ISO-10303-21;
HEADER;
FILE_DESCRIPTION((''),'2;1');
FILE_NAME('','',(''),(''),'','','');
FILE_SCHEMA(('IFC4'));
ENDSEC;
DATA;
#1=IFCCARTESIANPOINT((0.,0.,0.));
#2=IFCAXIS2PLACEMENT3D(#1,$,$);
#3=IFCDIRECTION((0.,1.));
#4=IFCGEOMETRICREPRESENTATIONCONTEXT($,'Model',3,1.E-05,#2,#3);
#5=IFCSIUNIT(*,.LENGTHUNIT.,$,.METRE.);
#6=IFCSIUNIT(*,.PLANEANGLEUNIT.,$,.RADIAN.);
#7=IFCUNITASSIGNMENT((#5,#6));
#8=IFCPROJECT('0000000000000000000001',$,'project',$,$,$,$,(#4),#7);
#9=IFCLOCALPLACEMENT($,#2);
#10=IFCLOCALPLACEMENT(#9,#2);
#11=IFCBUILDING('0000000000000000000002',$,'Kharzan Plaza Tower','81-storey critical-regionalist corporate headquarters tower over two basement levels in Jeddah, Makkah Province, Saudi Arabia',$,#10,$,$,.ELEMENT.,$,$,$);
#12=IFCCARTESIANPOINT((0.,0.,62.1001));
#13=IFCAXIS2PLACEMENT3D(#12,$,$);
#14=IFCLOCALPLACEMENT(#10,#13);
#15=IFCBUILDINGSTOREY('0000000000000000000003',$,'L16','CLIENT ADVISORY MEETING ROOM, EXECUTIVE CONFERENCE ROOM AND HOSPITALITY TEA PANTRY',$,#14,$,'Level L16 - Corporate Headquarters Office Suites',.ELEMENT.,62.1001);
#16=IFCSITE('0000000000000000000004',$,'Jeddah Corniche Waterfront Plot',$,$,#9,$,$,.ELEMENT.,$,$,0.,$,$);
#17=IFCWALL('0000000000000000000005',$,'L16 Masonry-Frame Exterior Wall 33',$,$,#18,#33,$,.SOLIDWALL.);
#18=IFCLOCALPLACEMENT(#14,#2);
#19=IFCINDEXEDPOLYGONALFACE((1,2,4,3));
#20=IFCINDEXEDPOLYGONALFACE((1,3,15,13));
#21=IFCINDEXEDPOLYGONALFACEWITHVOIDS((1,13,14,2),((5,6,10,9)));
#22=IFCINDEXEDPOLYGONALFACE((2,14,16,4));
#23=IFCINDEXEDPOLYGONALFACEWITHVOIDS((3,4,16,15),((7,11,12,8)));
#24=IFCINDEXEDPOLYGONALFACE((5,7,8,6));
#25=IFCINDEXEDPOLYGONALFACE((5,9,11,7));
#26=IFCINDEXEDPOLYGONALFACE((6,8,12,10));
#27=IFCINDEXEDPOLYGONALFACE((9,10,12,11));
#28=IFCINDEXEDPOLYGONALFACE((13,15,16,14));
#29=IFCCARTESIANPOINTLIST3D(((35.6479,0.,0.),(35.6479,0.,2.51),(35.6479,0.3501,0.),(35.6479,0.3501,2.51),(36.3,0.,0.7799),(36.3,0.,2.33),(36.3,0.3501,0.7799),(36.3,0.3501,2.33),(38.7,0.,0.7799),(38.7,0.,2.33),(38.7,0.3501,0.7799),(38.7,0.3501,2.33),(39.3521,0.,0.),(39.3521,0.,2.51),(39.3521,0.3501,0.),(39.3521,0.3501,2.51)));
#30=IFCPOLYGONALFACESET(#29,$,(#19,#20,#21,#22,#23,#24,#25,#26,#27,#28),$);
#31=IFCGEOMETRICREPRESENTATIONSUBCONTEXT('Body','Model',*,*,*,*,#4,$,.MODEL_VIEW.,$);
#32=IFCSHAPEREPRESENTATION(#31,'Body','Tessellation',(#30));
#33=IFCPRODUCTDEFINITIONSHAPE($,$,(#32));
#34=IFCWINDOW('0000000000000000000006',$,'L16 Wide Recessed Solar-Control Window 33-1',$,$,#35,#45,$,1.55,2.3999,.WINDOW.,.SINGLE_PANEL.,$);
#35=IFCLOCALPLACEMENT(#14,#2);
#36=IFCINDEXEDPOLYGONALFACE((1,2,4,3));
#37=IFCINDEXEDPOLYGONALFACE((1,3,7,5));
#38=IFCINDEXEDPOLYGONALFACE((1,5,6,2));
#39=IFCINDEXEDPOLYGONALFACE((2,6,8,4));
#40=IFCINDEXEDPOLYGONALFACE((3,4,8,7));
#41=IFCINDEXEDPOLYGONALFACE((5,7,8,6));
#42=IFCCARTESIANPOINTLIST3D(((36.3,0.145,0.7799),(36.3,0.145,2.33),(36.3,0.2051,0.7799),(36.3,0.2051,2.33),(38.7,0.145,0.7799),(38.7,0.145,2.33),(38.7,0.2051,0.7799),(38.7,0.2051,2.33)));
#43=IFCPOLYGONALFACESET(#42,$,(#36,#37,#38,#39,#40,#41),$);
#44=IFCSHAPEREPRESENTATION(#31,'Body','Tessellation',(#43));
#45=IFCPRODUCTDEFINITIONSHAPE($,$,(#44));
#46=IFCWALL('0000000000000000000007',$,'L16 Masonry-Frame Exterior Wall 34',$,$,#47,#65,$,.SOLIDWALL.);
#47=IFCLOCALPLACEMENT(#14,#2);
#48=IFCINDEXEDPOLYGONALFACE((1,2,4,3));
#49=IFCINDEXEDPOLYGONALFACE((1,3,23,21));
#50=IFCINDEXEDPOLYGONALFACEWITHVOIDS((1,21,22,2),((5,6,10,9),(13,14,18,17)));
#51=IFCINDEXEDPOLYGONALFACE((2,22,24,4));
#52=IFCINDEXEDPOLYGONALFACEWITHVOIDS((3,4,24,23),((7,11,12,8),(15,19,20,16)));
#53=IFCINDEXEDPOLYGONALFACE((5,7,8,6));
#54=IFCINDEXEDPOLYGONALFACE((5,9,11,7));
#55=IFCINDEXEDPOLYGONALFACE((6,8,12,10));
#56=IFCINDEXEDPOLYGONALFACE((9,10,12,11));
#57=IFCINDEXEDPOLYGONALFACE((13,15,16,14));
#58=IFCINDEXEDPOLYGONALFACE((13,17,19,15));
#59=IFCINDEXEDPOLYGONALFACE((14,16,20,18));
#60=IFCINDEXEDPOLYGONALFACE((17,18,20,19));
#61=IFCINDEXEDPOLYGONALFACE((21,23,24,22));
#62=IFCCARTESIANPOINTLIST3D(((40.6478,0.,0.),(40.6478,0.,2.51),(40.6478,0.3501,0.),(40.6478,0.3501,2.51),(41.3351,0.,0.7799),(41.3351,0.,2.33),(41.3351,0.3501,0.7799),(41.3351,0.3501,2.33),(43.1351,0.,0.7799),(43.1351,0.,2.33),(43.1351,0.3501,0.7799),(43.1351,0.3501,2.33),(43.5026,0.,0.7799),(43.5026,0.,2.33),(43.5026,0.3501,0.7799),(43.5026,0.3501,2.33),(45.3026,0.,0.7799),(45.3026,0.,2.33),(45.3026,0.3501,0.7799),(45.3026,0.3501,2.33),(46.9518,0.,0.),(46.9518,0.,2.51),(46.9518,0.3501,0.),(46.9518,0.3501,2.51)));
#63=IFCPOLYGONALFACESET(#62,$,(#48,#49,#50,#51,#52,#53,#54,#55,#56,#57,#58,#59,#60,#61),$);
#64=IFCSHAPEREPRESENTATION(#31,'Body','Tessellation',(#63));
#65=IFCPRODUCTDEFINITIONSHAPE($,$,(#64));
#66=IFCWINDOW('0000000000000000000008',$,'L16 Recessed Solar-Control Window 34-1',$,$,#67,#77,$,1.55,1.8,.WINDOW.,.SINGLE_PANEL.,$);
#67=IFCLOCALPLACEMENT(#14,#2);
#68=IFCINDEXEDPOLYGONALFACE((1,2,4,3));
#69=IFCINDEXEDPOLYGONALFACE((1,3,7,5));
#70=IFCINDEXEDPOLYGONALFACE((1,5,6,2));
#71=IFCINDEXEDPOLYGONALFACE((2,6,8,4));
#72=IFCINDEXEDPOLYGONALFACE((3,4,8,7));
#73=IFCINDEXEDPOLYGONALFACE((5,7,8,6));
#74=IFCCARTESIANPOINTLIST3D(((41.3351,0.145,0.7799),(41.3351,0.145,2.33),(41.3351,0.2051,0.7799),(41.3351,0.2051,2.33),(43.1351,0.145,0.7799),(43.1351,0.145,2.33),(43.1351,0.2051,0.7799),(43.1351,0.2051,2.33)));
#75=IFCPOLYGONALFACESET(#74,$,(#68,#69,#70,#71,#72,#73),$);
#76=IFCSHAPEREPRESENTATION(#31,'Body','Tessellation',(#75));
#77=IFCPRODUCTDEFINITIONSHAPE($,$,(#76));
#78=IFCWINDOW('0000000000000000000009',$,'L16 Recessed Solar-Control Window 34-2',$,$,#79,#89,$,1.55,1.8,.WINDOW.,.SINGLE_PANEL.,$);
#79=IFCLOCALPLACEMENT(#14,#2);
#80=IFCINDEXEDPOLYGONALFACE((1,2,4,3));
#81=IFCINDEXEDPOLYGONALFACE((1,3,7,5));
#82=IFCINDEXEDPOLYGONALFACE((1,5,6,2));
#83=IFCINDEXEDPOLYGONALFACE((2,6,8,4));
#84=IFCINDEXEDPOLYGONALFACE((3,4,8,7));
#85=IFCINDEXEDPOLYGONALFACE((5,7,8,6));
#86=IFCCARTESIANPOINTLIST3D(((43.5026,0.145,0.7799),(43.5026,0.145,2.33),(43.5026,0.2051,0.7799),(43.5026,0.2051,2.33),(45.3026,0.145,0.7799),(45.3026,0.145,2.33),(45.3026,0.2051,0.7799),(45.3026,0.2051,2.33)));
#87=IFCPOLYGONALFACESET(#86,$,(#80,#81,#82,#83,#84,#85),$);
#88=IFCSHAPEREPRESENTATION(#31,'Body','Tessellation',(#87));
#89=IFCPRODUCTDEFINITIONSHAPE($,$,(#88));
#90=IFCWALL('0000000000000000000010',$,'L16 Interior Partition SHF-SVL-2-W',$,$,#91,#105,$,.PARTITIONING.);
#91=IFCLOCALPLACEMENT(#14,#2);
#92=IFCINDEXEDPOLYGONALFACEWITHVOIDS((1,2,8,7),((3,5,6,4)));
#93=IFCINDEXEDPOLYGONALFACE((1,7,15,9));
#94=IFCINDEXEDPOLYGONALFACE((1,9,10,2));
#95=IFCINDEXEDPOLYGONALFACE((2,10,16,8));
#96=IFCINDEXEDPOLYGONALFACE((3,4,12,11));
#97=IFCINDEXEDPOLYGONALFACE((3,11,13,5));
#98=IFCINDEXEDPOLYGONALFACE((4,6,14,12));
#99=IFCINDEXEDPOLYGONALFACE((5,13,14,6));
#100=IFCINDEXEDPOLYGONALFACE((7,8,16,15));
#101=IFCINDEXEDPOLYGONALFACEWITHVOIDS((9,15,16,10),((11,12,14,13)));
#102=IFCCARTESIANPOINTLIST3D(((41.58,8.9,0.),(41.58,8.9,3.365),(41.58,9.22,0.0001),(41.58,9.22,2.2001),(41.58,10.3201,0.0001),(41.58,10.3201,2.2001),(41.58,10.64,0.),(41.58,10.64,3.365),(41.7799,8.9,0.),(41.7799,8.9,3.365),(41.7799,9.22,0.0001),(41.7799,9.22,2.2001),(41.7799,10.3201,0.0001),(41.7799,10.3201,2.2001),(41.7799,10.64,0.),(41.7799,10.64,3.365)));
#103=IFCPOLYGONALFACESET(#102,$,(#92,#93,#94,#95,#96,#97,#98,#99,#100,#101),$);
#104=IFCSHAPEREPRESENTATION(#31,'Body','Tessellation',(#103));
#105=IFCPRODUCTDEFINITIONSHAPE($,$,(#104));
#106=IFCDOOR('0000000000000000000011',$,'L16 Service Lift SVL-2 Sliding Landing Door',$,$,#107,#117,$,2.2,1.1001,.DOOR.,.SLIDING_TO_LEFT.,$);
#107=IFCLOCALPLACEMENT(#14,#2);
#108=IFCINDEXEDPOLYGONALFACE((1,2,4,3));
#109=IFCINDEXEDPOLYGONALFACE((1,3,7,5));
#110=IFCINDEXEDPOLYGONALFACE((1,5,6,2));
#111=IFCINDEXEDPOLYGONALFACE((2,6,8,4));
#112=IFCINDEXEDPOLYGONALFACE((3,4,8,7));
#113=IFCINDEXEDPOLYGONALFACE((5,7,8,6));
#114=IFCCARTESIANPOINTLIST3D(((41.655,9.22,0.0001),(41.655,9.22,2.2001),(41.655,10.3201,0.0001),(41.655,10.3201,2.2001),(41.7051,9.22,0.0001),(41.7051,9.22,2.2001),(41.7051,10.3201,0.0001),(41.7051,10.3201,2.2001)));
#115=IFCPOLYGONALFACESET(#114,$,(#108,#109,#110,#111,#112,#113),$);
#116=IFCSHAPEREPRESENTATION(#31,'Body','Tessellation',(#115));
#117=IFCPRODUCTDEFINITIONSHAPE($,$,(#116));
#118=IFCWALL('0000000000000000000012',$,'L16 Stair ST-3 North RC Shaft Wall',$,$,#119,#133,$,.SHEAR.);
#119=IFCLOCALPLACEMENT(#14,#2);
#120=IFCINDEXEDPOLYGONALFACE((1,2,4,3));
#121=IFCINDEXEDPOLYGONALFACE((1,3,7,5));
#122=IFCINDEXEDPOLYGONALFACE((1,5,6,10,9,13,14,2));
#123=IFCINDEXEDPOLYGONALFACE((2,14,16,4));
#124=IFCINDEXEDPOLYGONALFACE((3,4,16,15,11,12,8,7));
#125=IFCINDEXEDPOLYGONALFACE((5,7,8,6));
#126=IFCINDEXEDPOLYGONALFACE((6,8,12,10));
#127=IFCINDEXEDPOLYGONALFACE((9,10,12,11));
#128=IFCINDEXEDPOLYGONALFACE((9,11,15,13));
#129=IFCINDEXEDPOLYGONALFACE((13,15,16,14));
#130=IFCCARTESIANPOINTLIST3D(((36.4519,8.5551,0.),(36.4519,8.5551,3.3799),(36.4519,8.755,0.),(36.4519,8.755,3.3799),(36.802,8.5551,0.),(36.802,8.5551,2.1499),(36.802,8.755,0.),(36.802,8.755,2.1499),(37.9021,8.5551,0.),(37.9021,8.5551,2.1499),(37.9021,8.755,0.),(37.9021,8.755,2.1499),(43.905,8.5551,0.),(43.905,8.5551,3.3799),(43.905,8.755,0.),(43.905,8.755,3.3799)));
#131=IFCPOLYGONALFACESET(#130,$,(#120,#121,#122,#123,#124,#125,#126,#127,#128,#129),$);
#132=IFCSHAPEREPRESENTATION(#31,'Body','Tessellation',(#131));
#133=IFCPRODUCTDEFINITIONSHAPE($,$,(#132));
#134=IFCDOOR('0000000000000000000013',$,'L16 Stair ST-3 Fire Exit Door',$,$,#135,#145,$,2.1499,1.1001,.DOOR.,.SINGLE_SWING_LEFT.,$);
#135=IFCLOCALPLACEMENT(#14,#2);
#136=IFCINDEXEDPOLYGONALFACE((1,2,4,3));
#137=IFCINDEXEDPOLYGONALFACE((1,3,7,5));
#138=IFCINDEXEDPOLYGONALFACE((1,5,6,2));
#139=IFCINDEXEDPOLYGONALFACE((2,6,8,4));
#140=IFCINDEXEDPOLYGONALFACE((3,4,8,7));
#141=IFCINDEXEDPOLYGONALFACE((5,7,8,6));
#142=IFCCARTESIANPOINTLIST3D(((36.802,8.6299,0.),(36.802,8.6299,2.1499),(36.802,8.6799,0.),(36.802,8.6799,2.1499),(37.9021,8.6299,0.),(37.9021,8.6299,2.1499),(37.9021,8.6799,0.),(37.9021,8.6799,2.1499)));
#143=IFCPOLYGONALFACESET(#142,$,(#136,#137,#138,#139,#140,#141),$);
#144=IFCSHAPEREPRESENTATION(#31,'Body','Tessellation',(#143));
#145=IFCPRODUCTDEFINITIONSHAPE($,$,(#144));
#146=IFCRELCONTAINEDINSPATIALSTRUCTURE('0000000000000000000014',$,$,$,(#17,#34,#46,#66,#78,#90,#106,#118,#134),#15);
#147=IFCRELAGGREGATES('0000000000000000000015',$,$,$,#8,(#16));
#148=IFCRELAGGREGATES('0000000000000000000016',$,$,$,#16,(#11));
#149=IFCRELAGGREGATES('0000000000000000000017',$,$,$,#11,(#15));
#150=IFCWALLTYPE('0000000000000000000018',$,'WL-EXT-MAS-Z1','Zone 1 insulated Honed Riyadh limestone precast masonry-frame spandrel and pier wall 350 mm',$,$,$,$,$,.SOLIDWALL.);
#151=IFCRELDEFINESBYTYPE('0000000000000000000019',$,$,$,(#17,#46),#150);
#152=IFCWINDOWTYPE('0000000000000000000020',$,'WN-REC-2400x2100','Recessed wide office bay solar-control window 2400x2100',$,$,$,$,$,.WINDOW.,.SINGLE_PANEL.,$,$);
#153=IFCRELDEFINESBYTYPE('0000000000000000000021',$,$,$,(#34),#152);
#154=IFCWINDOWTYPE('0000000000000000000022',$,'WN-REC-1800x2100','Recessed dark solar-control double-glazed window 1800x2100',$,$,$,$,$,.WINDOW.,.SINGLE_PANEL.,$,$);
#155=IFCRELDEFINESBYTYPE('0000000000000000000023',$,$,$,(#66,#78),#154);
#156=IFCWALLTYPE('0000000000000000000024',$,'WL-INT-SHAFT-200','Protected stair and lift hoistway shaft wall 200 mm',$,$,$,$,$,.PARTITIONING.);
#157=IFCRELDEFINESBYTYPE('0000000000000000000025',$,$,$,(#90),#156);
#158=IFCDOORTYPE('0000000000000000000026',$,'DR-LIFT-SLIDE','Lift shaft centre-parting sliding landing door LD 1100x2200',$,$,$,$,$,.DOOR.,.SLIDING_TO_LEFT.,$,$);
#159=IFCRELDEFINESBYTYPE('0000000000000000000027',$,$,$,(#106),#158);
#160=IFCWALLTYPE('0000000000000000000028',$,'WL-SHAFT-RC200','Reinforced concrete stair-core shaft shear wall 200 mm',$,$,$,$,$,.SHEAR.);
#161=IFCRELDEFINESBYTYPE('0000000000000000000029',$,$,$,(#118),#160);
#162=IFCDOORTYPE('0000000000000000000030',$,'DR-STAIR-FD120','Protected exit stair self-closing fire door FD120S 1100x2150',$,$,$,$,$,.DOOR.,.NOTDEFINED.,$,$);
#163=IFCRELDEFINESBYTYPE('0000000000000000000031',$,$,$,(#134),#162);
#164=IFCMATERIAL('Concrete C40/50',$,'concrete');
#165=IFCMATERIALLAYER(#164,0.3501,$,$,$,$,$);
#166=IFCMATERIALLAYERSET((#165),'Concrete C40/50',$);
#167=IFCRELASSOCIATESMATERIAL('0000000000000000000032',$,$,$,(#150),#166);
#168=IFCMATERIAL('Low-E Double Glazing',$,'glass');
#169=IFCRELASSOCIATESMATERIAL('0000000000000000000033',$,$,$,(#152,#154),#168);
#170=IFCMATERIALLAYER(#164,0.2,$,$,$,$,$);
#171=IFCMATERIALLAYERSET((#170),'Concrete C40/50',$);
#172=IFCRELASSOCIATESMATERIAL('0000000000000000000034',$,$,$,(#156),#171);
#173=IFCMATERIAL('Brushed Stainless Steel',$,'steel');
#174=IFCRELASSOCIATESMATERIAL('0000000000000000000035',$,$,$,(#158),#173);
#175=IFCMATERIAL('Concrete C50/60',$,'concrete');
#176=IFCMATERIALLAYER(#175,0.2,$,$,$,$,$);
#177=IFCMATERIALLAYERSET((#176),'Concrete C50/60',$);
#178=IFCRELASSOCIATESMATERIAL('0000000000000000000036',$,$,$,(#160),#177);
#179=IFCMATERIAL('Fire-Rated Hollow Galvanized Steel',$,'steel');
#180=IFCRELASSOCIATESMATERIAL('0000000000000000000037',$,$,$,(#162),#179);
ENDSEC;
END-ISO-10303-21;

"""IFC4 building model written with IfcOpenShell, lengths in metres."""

from ifc_helpers import new_model, si_unit, direction, frame, frame_2d, origin, place, context, subcontext, project, spatial, rectangle, extrude, source, transform, mapped, material, layer, layer_set, type_object, element, fill, save


model = new_model("IFC4")

# Units and contexts
model_context = context("Model", 3, precision=1e-05, world=origin(), true_north=direction((0.0, 1.0)))
body_context = subcontext(model_context, "Body", "Model", "MODEL_VIEW")
ifc_project = project(units=[si_unit("LENGTHUNIT", "METRE"), si_unit("PLANEANGLEUNIT", "RADIAN")], contexts=[model_context])

# Site, building, storey
site_placement = place(None, origin())
site = spatial("IfcSite", under=ifc_project, at=site_placement, Name="Jeddah Corniche Waterfront Plot", CompositionType="ELEMENT", RefElevation=0.0)
building_placement = place(site_placement, origin())
building = spatial("IfcBuilding", under=site, at=building_placement, Name="Kharzan Plaza Tower", Description="81-storey critical-regionalist corporate headquarters tower over two basement levels in Jeddah, Makkah Province, Saudi Arabia", CompositionType="ELEMENT")
storey_placement = place(building_placement, frame((0.0, 0.0, 62.1001)))
storey = spatial("IfcBuildingStorey", under=building, at=storey_placement, Name="L16", Description="CLIENT ADVISORY MEETING ROOM, EXECUTIVE CONFERENCE ROOM AND HOSPITALITY TEA PANTRY", LongName="Level L16 - Corporate Headquarters Office Suites", CompositionType="ELEMENT", Elevation=62.1001)

# Wall, opening, window
ifc_material_1 = material(Name="Concrete C40/50", Category="concrete")
ifc_layer_1 = layer(ifc_material_1, 0.3501)
ifc_layer_set_1 = layer_set([ifc_layer_1], Name="Concrete C40/50")
wall_type_1 = type_object("IfcWallType", Name="WL-EXT-MAS-Z1", Description="Zone 1 insulated Honed Riyadh limestone precast masonry-frame spandrel and pier wall 350 mm", PredefinedType="SOLIDWALL", material=ifc_layer_set_1)
wall_1_placement = place(storey_placement, frame((35.6479, 0.175, 0.0), z_axis=(0.0, 0.0, 1.0), x_axis=(1.0, 0.0, 0.0)))
wall_1 = element("IfcWall", 1, at=wall_1_placement, inside=storey, type_object=wall_type_1, Name="L16 Masonry-Frame Exterior Wall 33", PredefinedType="SOLIDWALL", context=body_context, shape_type="SweptSolid", body=[
    extrude(rectangle(XDim=3.7041, YDim=0.3501, at=frame_2d((1.8521, 0.0))), origin(), (0.0, 0.0, 1.0), 2.51),
])
opening_1_placement = place(wall_1_placement, frame((0.6521, 0.0, 0.78)))
opening_1 = element("IfcOpeningElement", 2, at=opening_1_placement, cuts=wall_1, PredefinedType="OPENING", context=body_context, shape_type="SweptSolid", body=[
    extrude(rectangle(XDim=2.3999, YDim=1.55, at=frame_2d((1.2, 0.7749))), frame((0.0, 0.1851, 0.0), z_axis=(0.0, -1.0, 0.0), x_axis=(1.0, 0.0, 0.0)), (0.0, 0.0, 1.0), 0.3701),
])
ifc_material_2 = material(Name="Low-E Double Glazing", Category="glass")
window_type_1 = type_object("IfcWindowType", Name="WN-REC-2400x2100", Description="Recessed wide office bay solar-control window 2400x2100", PartitioningType="SINGLE_PANEL", PredefinedType="WINDOW", material=ifc_material_2)
shared_shape_1 = source(origin(), body_context, "Body", "SweptSolid", [
    extrude(rectangle(XDim=2.3999, YDim=1.55, at=frame_2d((1.2, 0.7749))), frame((0.0, 0.03, 0.0), z_axis=(0.0, -1.0, 0.0), x_axis=(1.0, 0.0, 0.0)), (0.0, 0.0, 1.0), 0.0601),
])
window_1_placement = place(opening_1_placement, origin())
window_1 = element("IfcWindow", 3, at=window_1_placement, inside=storey, type_object=window_type_1, Name="L16 Wide Recessed Solar-Control Window 33-1", OverallHeight=1.55, OverallWidth=2.3999, PartitioningType="SINGLE_PANEL", PredefinedType="WINDOW", context=body_context, shape_type="MappedRepresentation", body=[
    mapped(shared_shape_1, transform((0.0, 0.0, 0.0), x_axis=(1.0, 0.0, 0.0), y_axis=(0.0, 1.0, 0.0), z_axis=(0.0, 0.0, 1.0))),
])
fill(opening_1, window_1)

# Wall, openings, windows
wall_2_placement = place(storey_placement, frame((40.6479, 0.175, 0.0), z_axis=(0.0, 0.0, 1.0), x_axis=(1.0, 0.0, 0.0)))
wall_2 = element("IfcWall", 4, at=wall_2_placement, inside=storey, type_object=wall_type_1, Name="L16 Masonry-Frame Exterior Wall 34", PredefinedType="SOLIDWALL", context=body_context, shape_type="SweptSolid", body=[
    extrude(rectangle(XDim=6.304, YDim=0.3501, at=frame_2d((3.1519, 0.0))), origin(), (0.0, 0.0, 1.0), 2.51),
])
opening_2_placement = place(wall_2_placement, frame((0.6873, 0.0, 0.78)))
opening_2 = element("IfcOpeningElement", 5, at=opening_2_placement, cuts=wall_2, PredefinedType="OPENING", context=body_context, shape_type="SweptSolid", body=[
    extrude(rectangle(XDim=1.8, YDim=1.55, at=frame_2d((0.8999, 0.7749))), frame((0.0, 0.1851, 0.0), z_axis=(0.0, -1.0, 0.0), x_axis=(1.0, 0.0, 0.0)), (0.0, 0.0, 1.0), 0.3701),
])
opening_3_placement = place(wall_2_placement, frame((2.8547, 0.0, 0.78)))
opening_3 = element("IfcOpeningElement", 6, at=opening_3_placement, cuts=wall_2, PredefinedType="OPENING", context=body_context, shape_type="SweptSolid", body=[
    extrude(rectangle(XDim=1.8, YDim=1.55, at=frame_2d((0.8999, 0.7749))), frame((0.0, 0.1851, 0.0), z_axis=(0.0, -1.0, 0.0), x_axis=(1.0, 0.0, 0.0)), (0.0, 0.0, 1.0), 0.3701),
])
window_type_2 = type_object("IfcWindowType", Name="WN-REC-1800x2100", Description="Recessed dark solar-control double-glazed window 1800x2100", PartitioningType="SINGLE_PANEL", PredefinedType="WINDOW", material=ifc_material_2)
shared_shape_2 = source(origin(), body_context, "Body", "SweptSolid", [
    extrude(rectangle(XDim=1.8, YDim=1.55, at=frame_2d((0.8999, 0.7749))), frame((0.0, 0.03, 0.0), z_axis=(0.0, -1.0, 0.0), x_axis=(1.0, 0.0, 0.0)), (0.0, 0.0, 1.0), 0.0601),
])
window_2_placement = place(opening_2_placement, origin())
window_2 = element("IfcWindow", 7, at=window_2_placement, inside=storey, type_object=window_type_2, Name="L16 Recessed Solar-Control Window 34-1", OverallHeight=1.55, OverallWidth=1.8, PartitioningType="SINGLE_PANEL", PredefinedType="WINDOW", context=body_context, shape_type="MappedRepresentation", body=[
    mapped(shared_shape_2, transform((0.0, 0.0, 0.0), x_axis=(1.0, 0.0, 0.0), y_axis=(0.0, 1.0, 0.0), z_axis=(0.0, 0.0, 1.0))),
])
fill(opening_2, window_2)
window_3_placement = place(opening_3_placement, origin())
window_3 = element("IfcWindow", 8, at=window_3_placement, inside=storey, type_object=window_type_2, Name="L16 Recessed Solar-Control Window 34-2", OverallHeight=1.55, OverallWidth=1.8, PartitioningType="SINGLE_PANEL", PredefinedType="WINDOW", context=body_context, shape_type="MappedRepresentation", body=[
    mapped(shared_shape_2, transform((0.0, 0.0, 0.0), x_axis=(1.0, 0.0, 0.0), y_axis=(0.0, 1.0, 0.0), z_axis=(0.0, 0.0, 1.0))),
])
fill(opening_3, window_3)

# Walls, openings, doors
ifc_layer_2 = layer(ifc_material_1, 0.2)
ifc_layer_set_2 = layer_set([ifc_layer_2], Name="Concrete C40/50")
wall_type_2 = type_object("IfcWallType", Name="WL-INT-SHAFT-200", Description="Protected stair and lift hoistway shaft wall 200 mm", PredefinedType="PARTITIONING", material=ifc_layer_set_2)
wall_3_placement = place(storey_placement, frame((41.6799, 8.8999, 0.0), z_axis=(0.0, 0.0, 1.0), x_axis=(0.0, 1.0, 0.0)))
wall_3 = element("IfcWall", 9, at=wall_3_placement, inside=storey, type_object=wall_type_2, Name="L16 Interior Partition SHF-SVL-2-W", PredefinedType="PARTITIONING", context=body_context, shape_type="SweptSolid", body=[
    extrude(rectangle(XDim=1.74, YDim=0.2, at=frame_2d((0.8701, 0.0))), origin(), (0.0, 0.0, 1.0), 3.365),
])
opening_4_placement = place(wall_3_placement, frame((0.3201, 0.0, 0.0)))
opening_4 = element("IfcOpeningElement", 10, at=opening_4_placement, cuts=wall_3, PredefinedType="OPENING", context=body_context, shape_type="SweptSolid", body=[
    extrude(rectangle(XDim=1.1001, YDim=2.2, at=frame_2d((0.55, 1.1001))), frame((0.0, 0.1099, 0.0), z_axis=(0.0, -1.0, 0.0), x_axis=(1.0, 0.0, 0.0)), (0.0, 0.0, 1.0), 0.22),
])
ifc_material_3 = material(Name="Brushed Stainless Steel", Category="steel")
door_type_1 = type_object("IfcDoorType", Name="DR-LIFT-SLIDE", Description="Lift shaft centre-parting sliding landing door LD 1100x2200", OperationType="SLIDING_TO_LEFT", PredefinedType="DOOR", material=ifc_material_3)
shared_shape_3 = source(origin(), body_context, "Body", "SweptSolid", [
    extrude(rectangle(XDim=1.1001, YDim=2.2, at=frame_2d((0.55, 1.1001))), frame((0.0, 0.0249, 0.0), z_axis=(0.0, -1.0, 0.0), x_axis=(1.0, 0.0, 0.0)), (0.0, 0.0, 1.0), 0.05),
])
door_1_placement = place(opening_4_placement, origin())
door_1 = element("IfcDoor", 11, at=door_1_placement, inside=storey, type_object=door_type_1, Name="L16 Service Lift SVL-2 Sliding Landing Door", OperationType="SLIDING_TO_LEFT", OverallHeight=2.2, OverallWidth=1.1001, PredefinedType="DOOR", context=body_context, shape_type="MappedRepresentation", body=[
    mapped(shared_shape_3, transform((0.0, 0.0, 0.0), x_axis=(1.0, 0.0, 0.0), y_axis=(0.0, 1.0, 0.0), z_axis=(0.0, 0.0, 1.0))),
])
fill(opening_4, door_1)
ifc_material_4 = material(Name="Concrete C50/60", Category="concrete")
ifc_layer_3 = layer(ifc_material_4, 0.2)
ifc_layer_set_3 = layer_set([ifc_layer_3], Name="Concrete C50/60")
wall_type_3 = type_object("IfcWallType", Name="WL-SHAFT-RC200", Description="Reinforced concrete stair-core shaft shear wall 200 mm", PredefinedType="SHEAR", material=ifc_layer_set_3)
wall_4_placement = place(storey_placement, frame((36.4519, 8.655, 0.0), z_axis=(0.0, 0.0, 1.0), x_axis=(1.0, 0.0, 0.0)))
wall_4 = element("IfcWall", 12, at=wall_4_placement, inside=storey, type_object=wall_type_3, Name="L16 Stair ST-3 North RC Shaft Wall", PredefinedType="SHEAR", context=body_context, shape_type="SweptSolid", body=[
    extrude(rectangle(XDim=7.4531, YDim=0.2, at=frame_2d((3.7266, 0.0))), origin(), (0.0, 0.0, 1.0), 3.3799),
])
opening_5_placement = place(wall_4_placement, frame((0.3501, 0.0, 0.0)))
opening_5 = element("IfcOpeningElement", 13, at=opening_5_placement, cuts=wall_4, PredefinedType="OPENING", context=body_context, shape_type="SweptSolid", body=[
    extrude(rectangle(XDim=1.1001, YDim=2.1499, at=frame_2d((0.55, 1.075))), frame((0.0, 0.1099, 0.0), z_axis=(0.0, -1.0, 0.0), x_axis=(1.0, 0.0, 0.0)), (0.0, 0.0, 1.0), 0.22),
])
ifc_material_5 = material(Name="Fire-Rated Hollow Galvanized Steel", Category="steel")
door_type_2 = type_object("IfcDoorType", Name="DR-STAIR-FD120", Description="Protected exit stair self-closing fire door FD120S 1100x2150", OperationType="NOTDEFINED", PredefinedType="DOOR", material=ifc_material_5)
shared_shape_4 = source(origin(), body_context, "Body", "SweptSolid", [
    extrude(rectangle(XDim=1.1001, YDim=2.1499, at=frame_2d((0.55, 1.075))), frame((0.0, 0.0249, 0.0), z_axis=(0.0, -1.0, 0.0), x_axis=(1.0, 0.0, 0.0)), (0.0, 0.0, 1.0), 0.05),
])
door_2_placement = place(opening_5_placement, origin())
door_2 = element("IfcDoor", 14, at=door_2_placement, inside=storey, type_object=door_type_2, Name="L16 Stair ST-3 Fire Exit Door", OperationType="SINGLE_SWING_LEFT", OverallHeight=2.1499, OverallWidth=1.1001, PredefinedType="DOOR", context=body_context, shape_type="MappedRepresentation", body=[
    mapped(shared_shape_4, transform((0.0, 0.0, 0.0), x_axis=(1.0, 0.0, 0.0), y_axis=(0.0, 1.0, 0.0), z_axis=(0.0, 0.0, 1.0))),
])
fill(opening_5, door_2)

save(model, "model.ifc")
